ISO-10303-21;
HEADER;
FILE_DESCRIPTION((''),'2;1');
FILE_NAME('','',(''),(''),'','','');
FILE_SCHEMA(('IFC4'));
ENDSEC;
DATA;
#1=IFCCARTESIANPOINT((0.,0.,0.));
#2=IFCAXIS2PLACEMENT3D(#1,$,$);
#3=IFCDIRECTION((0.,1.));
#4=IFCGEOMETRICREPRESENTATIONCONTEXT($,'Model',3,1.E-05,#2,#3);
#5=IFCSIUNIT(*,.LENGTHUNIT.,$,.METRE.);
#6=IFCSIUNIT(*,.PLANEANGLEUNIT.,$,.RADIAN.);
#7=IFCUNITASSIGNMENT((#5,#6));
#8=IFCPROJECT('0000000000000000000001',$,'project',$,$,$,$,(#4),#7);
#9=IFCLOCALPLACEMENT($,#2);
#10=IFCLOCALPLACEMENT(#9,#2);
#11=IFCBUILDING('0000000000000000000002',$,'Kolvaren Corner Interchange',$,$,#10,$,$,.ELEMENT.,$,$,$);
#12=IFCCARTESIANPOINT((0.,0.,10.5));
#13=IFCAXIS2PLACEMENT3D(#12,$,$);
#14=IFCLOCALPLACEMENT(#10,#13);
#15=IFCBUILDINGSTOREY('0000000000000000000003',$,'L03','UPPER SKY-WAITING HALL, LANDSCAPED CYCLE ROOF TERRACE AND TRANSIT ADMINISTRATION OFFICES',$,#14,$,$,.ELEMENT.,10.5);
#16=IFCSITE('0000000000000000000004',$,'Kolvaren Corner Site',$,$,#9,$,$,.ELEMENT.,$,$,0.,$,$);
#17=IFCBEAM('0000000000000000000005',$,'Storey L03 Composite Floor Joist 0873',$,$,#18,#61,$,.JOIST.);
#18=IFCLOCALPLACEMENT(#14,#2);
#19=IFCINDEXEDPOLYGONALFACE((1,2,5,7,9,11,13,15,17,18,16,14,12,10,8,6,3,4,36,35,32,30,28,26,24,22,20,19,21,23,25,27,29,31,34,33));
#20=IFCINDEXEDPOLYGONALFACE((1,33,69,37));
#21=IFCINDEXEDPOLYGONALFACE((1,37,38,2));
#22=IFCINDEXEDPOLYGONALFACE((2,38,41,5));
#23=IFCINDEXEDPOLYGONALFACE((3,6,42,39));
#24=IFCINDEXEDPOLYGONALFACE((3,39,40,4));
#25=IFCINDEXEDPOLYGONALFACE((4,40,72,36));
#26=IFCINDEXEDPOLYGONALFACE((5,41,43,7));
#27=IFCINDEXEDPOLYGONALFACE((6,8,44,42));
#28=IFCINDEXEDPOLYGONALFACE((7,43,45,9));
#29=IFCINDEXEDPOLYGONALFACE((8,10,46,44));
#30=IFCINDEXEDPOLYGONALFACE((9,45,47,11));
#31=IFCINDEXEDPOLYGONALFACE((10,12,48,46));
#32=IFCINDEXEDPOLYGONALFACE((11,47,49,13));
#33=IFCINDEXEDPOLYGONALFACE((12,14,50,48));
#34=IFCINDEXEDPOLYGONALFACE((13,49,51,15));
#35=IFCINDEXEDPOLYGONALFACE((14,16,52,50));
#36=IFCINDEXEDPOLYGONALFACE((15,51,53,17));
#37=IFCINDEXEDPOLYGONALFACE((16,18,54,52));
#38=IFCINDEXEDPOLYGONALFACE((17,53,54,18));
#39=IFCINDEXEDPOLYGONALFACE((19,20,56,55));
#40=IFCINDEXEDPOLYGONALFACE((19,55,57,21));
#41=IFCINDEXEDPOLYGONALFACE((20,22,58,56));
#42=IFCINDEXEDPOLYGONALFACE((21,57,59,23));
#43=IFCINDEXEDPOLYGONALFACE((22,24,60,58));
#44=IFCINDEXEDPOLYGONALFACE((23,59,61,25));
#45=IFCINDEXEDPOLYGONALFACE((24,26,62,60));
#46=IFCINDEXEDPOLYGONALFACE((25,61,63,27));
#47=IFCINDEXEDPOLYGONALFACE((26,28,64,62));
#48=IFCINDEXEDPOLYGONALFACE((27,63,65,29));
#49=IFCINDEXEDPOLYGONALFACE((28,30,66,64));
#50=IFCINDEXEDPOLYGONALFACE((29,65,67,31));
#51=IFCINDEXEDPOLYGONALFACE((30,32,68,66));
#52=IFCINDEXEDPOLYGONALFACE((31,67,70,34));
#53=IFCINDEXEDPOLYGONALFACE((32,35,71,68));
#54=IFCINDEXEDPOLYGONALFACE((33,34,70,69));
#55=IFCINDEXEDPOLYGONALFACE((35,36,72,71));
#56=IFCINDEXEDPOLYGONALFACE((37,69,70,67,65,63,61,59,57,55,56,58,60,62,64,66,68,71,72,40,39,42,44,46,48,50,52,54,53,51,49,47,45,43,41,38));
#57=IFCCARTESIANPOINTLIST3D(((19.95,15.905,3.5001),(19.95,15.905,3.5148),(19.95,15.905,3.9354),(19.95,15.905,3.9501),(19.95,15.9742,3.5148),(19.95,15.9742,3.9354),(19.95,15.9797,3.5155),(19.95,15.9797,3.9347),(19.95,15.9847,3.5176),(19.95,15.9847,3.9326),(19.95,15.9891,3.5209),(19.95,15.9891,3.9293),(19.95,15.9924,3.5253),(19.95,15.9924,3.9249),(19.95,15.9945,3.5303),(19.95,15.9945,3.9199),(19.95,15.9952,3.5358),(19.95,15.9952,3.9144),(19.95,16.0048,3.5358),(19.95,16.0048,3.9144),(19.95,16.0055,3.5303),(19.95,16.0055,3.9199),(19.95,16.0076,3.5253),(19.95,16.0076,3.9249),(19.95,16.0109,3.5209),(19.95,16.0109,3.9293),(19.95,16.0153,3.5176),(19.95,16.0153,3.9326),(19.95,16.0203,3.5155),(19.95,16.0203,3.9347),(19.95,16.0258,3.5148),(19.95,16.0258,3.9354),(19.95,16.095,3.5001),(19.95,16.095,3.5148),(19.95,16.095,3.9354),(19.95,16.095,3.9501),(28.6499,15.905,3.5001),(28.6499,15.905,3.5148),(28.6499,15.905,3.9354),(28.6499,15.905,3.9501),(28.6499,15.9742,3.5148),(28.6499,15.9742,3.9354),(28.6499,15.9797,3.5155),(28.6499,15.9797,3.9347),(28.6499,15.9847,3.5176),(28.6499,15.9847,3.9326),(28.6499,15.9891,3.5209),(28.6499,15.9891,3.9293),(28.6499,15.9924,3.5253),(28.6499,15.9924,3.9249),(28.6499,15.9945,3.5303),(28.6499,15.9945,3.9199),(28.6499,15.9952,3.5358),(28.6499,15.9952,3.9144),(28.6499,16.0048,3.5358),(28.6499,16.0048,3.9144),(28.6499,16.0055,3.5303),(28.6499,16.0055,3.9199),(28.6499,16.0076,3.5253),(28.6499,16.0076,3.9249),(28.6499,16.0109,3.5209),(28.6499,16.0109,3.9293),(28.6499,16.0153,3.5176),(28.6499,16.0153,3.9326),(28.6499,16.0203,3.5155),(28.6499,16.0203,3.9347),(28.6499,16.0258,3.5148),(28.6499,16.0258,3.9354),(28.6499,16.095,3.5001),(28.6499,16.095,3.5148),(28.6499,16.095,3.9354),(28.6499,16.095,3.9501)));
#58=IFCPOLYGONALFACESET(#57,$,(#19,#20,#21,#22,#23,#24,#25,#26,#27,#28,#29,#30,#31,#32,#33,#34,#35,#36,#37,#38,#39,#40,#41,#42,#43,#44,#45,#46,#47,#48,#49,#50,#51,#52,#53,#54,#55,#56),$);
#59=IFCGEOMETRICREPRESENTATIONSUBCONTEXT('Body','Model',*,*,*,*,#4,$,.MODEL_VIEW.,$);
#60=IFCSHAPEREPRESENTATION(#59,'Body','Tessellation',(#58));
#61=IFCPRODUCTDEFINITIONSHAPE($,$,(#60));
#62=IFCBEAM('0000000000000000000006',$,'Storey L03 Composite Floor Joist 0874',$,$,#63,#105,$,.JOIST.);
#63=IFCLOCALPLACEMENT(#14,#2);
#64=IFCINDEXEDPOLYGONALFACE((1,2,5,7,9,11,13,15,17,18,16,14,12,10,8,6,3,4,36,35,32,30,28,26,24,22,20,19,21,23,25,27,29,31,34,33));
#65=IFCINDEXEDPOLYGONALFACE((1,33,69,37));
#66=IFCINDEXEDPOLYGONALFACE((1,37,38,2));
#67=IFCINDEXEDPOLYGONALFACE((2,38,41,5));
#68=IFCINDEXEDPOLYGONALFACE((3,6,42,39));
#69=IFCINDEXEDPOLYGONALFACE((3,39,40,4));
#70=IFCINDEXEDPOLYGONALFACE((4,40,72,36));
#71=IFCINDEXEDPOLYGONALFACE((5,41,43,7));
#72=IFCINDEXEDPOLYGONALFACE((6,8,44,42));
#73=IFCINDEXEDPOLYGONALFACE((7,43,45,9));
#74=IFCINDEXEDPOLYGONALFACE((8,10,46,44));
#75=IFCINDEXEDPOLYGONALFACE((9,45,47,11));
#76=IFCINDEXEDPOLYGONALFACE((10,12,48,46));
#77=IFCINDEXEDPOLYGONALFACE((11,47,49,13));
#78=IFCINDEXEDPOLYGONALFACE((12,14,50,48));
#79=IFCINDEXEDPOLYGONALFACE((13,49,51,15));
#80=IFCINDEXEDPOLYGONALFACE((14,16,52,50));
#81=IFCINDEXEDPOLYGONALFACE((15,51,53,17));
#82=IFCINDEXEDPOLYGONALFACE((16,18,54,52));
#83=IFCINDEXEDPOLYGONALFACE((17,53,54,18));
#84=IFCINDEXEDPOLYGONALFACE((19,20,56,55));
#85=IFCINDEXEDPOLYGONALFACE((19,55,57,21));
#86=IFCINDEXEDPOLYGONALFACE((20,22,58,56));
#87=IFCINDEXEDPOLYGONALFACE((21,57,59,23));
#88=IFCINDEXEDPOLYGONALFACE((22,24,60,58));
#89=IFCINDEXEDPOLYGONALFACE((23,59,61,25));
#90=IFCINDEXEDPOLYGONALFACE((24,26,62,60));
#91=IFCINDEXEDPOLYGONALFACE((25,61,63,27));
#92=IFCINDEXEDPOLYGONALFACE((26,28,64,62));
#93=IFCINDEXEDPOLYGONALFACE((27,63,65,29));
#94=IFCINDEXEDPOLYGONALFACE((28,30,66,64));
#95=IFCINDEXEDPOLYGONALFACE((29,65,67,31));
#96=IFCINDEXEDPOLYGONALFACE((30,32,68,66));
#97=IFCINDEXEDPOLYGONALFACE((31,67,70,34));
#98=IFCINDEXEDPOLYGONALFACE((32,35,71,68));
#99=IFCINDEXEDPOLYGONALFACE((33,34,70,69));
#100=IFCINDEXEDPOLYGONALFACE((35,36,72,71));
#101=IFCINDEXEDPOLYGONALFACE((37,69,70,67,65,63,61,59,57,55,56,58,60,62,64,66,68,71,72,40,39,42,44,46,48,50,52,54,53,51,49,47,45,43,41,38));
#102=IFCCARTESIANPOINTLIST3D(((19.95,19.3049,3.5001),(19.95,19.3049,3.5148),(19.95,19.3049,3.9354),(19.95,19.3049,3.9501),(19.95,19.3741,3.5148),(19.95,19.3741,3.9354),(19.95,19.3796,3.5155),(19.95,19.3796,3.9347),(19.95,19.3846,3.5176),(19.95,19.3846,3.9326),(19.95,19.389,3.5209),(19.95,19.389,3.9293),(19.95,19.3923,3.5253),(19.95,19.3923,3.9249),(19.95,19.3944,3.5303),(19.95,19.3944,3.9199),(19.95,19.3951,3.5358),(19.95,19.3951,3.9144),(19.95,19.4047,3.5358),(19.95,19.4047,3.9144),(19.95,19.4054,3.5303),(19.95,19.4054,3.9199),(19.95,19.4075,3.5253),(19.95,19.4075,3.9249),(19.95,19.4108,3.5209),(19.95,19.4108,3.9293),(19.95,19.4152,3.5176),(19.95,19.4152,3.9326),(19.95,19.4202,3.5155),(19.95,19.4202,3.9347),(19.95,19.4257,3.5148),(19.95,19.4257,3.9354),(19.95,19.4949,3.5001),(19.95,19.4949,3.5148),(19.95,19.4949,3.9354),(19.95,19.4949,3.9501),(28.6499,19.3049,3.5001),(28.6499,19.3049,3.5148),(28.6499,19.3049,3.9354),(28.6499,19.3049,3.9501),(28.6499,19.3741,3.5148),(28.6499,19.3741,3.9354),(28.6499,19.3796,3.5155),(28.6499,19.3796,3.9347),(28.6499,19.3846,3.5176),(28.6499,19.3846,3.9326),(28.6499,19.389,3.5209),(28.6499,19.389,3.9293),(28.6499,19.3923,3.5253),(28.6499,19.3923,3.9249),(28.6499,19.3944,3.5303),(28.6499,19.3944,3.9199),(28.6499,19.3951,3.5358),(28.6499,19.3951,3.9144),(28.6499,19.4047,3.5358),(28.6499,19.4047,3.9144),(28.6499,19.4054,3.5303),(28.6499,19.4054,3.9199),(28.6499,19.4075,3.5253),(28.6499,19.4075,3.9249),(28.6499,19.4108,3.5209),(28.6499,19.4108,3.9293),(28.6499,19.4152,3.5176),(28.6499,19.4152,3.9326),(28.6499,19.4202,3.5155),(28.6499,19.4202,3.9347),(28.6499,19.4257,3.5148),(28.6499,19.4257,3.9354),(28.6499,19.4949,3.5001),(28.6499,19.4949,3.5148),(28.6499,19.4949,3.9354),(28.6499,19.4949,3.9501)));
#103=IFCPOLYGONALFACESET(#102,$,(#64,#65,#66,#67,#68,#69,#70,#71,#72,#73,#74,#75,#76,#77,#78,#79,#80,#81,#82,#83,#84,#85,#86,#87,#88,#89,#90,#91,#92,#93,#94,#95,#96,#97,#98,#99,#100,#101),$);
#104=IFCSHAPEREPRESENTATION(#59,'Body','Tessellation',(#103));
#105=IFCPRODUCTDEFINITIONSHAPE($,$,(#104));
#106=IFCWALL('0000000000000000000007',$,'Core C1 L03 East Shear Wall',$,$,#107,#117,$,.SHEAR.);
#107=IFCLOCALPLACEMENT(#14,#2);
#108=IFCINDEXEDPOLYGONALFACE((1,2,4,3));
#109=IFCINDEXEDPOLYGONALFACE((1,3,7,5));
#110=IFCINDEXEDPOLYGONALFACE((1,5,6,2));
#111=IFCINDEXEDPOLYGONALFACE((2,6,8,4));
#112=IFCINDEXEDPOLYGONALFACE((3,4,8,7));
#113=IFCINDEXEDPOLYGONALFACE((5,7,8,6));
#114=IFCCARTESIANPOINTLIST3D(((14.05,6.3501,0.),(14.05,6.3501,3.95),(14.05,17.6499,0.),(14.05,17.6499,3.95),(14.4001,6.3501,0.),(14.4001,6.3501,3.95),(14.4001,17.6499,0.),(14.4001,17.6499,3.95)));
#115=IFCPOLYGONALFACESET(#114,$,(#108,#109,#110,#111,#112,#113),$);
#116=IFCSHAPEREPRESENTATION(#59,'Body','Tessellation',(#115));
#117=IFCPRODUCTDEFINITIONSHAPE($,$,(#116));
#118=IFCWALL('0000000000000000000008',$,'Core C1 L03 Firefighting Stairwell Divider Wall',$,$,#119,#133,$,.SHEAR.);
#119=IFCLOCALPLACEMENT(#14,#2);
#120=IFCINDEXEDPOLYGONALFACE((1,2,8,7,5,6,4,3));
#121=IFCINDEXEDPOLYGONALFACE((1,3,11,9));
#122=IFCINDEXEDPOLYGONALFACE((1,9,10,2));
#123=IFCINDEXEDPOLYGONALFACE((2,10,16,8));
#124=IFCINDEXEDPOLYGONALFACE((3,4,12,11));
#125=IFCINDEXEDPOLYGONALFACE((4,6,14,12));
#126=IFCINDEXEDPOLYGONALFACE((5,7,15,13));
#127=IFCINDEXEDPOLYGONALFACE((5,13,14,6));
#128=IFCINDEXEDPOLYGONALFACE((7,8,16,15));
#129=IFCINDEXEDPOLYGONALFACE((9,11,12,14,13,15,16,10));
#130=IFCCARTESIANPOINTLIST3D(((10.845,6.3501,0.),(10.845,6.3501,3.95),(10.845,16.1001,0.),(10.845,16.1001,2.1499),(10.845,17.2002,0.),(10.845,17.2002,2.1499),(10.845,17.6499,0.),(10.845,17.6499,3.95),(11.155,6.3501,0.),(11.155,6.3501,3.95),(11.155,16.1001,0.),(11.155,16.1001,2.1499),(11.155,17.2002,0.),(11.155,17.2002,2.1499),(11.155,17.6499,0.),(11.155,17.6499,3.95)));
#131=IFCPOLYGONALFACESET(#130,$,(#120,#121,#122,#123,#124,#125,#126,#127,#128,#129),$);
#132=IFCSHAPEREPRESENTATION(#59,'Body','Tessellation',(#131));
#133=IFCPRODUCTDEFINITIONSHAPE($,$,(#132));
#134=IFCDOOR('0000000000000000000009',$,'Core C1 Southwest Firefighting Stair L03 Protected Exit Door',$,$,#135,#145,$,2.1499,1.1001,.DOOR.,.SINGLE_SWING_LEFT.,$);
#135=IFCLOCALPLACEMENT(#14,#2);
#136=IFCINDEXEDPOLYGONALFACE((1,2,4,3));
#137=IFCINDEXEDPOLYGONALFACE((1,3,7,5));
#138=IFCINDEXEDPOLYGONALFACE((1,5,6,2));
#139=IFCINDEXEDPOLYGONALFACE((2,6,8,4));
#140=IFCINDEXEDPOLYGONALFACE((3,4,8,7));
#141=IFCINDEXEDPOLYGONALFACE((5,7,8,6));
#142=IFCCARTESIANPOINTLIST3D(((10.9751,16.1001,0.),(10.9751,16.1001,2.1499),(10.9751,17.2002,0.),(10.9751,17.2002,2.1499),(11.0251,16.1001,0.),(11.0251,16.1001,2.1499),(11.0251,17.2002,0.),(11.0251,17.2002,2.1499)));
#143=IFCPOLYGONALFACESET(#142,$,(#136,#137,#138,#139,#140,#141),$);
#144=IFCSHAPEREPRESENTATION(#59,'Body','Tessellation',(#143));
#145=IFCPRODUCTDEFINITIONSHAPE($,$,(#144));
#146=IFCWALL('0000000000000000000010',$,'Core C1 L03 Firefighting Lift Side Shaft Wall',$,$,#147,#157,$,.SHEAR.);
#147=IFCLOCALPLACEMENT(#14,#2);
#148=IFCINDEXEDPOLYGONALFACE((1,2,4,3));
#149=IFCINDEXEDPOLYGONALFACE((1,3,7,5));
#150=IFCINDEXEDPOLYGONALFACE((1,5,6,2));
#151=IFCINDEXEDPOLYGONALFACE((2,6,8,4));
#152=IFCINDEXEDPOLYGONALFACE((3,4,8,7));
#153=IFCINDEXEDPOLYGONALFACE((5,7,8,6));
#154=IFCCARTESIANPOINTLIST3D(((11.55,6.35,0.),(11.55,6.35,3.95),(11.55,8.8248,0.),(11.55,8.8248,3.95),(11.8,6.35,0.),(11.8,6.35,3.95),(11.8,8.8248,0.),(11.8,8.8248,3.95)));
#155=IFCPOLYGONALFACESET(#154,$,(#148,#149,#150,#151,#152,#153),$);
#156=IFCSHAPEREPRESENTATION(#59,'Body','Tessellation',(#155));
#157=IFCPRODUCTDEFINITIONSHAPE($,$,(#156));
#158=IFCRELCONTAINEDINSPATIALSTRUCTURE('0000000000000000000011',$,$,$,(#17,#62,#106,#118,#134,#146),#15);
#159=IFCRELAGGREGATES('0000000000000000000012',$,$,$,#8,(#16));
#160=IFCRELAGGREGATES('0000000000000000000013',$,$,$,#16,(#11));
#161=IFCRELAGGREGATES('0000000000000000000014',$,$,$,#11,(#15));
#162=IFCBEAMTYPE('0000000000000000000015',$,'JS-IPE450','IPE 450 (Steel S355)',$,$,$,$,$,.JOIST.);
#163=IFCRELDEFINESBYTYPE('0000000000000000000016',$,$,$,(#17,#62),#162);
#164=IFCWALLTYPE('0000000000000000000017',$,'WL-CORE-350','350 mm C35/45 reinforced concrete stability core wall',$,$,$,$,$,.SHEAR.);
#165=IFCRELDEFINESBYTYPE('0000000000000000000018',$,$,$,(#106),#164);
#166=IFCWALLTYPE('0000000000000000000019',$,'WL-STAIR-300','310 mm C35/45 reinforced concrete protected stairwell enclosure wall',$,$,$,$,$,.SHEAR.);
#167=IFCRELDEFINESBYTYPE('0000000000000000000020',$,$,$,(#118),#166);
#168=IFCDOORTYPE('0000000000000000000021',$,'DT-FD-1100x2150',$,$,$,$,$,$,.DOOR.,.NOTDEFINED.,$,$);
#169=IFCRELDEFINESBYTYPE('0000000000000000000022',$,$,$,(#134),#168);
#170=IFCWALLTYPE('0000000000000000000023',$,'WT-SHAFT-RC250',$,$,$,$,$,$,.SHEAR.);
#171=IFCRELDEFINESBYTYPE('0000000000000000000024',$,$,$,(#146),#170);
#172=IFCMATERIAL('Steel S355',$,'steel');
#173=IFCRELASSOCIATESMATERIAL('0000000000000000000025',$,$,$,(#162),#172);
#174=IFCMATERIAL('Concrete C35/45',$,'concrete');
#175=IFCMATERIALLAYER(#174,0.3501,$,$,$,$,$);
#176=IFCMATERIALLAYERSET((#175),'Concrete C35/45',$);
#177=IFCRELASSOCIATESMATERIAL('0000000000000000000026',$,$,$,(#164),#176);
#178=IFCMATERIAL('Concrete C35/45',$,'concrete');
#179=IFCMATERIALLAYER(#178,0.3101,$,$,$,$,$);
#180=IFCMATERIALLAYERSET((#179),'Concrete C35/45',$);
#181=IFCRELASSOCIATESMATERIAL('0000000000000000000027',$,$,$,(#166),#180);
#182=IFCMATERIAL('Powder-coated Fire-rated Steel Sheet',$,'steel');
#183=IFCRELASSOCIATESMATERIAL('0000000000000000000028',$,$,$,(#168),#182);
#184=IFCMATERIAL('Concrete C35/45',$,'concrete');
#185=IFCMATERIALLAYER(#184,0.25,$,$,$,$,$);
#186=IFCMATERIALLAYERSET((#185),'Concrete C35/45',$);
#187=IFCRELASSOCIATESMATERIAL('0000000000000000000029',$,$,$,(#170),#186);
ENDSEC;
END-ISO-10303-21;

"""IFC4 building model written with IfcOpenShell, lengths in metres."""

from ifc_helpers import new_model, si_unit, direction, frame, frame_2d, origin, origin_2d, place, context, subcontext, project, spatial, rectangle, i_section, extrude, material, layer, layer_set, material_profile, profile_set, type_object, element, fill, save


model = new_model("IFC4")

# Units and contexts
model_context = context("Model", 3, precision=1e-05, world=origin(), true_north=direction((0.0, 1.0)))
body_context = subcontext(model_context, "Body", "Model", "MODEL_VIEW")
ifc_project = project(units=[si_unit("LENGTHUNIT", "METRE"), si_unit("PLANEANGLEUNIT", "RADIAN")], contexts=[model_context])

# Site, building, storey
site_placement = place(None, origin())
site = spatial("IfcSite", under=ifc_project, at=site_placement, Name="Kolvaren Corner Site", CompositionType="ELEMENT", RefElevation=0.0)
building_placement = place(site_placement, origin())
building = spatial("IfcBuilding", under=site, at=building_placement, Name="Kolvaren Corner Interchange", CompositionType="ELEMENT")
storey_placement = place(building_placement, frame((0.0, 0.0, 10.5)))
storey = spatial("IfcBuildingStorey", under=building, at=storey_placement, Name="L03", Description="UPPER SKY-WAITING HALL, LANDSCAPED CYCLE ROOF TERRACE AND TRANSIT ADMINISTRATION OFFICES", CompositionType="ELEMENT", Elevation=10.5)

# Beams
ifc_material_1 = material(Name="Steel S355", Category="steel")
ifc_material_profile_1 = material_profile(ifc_material_1, i_section(OverallWidth=0.1899, OverallDepth=0.45, WebThickness=0.0095, FlangeThickness=0.0146, FilletRadius=0.021, at=origin_2d()), Name="IPE 450")
ifc_profile_set_1 = profile_set([ifc_material_profile_1], Name="Steel S355")
beam_type_1 = type_object("IfcBeamType", Name="JS-IPE450", Description="IPE 450 (Steel S355)", PredefinedType="JOIST", material=ifc_profile_set_1)
for number, where, z_axis, x_axis, name in (
    (1, (19.95, 16.0, 3.7251), (1.0, 0.0, 0.0), (0.0, 1.0, 0.0), "Storey L03 Composite Floor Joist 0873"),
    (2, (19.95, 19.3999, 3.7251), (1.0, 0.0, 0.0), (0.0, 1.0, 0.0), "Storey L03 Composite Floor Joist 0874"),
):
    element("IfcBeam", number, at=place(storey_placement, frame(where, z_axis=z_axis, x_axis=x_axis)), inside=storey, type_object=beam_type_1, Name=name, PredefinedType="JOIST", context=body_context, shape_type="SweptSolid", body=[
        extrude(i_section(OverallWidth=0.1899, OverallDepth=0.45, WebThickness=0.0095, FlangeThickness=0.0146, FilletRadius=0.021, at=origin_2d()), origin(), (0.0, 0.0, 1.0), 8.7),
    ])

# Wall
ifc_material_2 = material(Name="Concrete C35/45", Category="concrete")
ifc_layer_1 = layer(ifc_material_2, 0.3501)
ifc_layer_set_1 = layer_set([ifc_layer_1], Name="Concrete C35/45")
wall_type_1 = type_object("IfcWallType", Name="WL-CORE-350", Description="350 mm C35/45 reinforced concrete stability core wall", PredefinedType="SHEAR", material=ifc_layer_set_1)
wall_1_placement = place(storey_placement, frame((14.2251, 6.3501, 0.0), z_axis=(0.0, 0.0, 1.0), x_axis=(0.0, 1.0, 0.0)))
element("IfcWall", 3, at=wall_1_placement, inside=storey, type_object=wall_type_1, Name="Core C1 L03 East Shear Wall", PredefinedType="SHEAR", context=body_context, shape_type="SweptSolid", body=[
    extrude(rectangle(XDim=11.2998, YDim=0.3501, at=frame_2d((5.6499, 0.0))), origin(), (0.0, 0.0, 1.0), 3.95),
])

# Wall, opening, door
ifc_material_3 = material(Name="Concrete C35/45", Category="concrete")
ifc_layer_2 = layer(ifc_material_3, 0.3101)
ifc_layer_set_2 = layer_set([ifc_layer_2], Name="Concrete C35/45")
wall_type_2 = type_object("IfcWallType", Name="WL-STAIR-300", Description="310 mm C35/45 reinforced concrete protected stairwell enclosure wall", PredefinedType="SHEAR", material=ifc_layer_set_2)
wall_2_placement = place(storey_placement, frame((11.0, 6.3501, 0.0), z_axis=(0.0, 0.0, 1.0), x_axis=(0.0, 1.0, 0.0)))
wall_2 = element("IfcWall", 4, at=wall_2_placement, inside=storey, type_object=wall_type_2, Name="Core C1 L03 Firefighting Stairwell Divider Wall", PredefinedType="SHEAR", context=body_context, shape_type="SweptSolid", body=[
    extrude(rectangle(XDim=11.2998, YDim=0.3101, at=frame_2d((5.6499, 0.0))), origin(), (0.0, 0.0, 1.0), 3.95),
])
opening_1_placement = place(wall_2_placement, frame((9.75, 0.0, 0.0)))
opening_1 = element("IfcOpeningElement", 5, at=opening_1_placement, cuts=wall_2, PredefinedType="OPENING", context=body_context, shape_type="SweptSolid", body=[
    extrude(rectangle(XDim=1.1001, YDim=2.1499, at=frame_2d((0.55, 1.075))), frame((0.0, 0.165, 0.0), z_axis=(0.0, -1.0, 0.0), x_axis=(1.0, 0.0, 0.0)), (0.0, 0.0, 1.0), 0.3301),
])
ifc_material_4 = material(Name="Powder-coated Fire-rated Steel Sheet", Category="steel")
door_type_1 = type_object("IfcDoorType", Name="DT-FD-1100x2150", OperationType="NOTDEFINED", PredefinedType="DOOR", material=ifc_material_4)
door_1_placement = place(opening_1_placement, origin())
door_1 = element("IfcDoor", 6, at=door_1_placement, inside=storey, type_object=door_type_1, Name="Core C1 Southwest Firefighting Stair L03 Protected Exit Door", OperationType="SINGLE_SWING_LEFT", OverallHeight=2.1499, OverallWidth=1.1001, PredefinedType="DOOR", context=body_context, shape_type="SweptSolid", body=[
    extrude(rectangle(XDim=1.1001, YDim=2.1499, at=frame_2d((0.55, 1.075))), frame((0.0, 0.0249, 0.0), z_axis=(0.0, -1.0, 0.0), x_axis=(1.0, 0.0, 0.0)), (0.0, 0.0, 1.0), 0.05),
])
fill(opening_1, door_1)
ifc_material_5 = material(Name="Concrete C35/45", Category="concrete")
ifc_layer_3 = layer(ifc_material_5, 0.25)
ifc_layer_set_3 = layer_set([ifc_layer_3], Name="Concrete C35/45")
wall_type_3 = type_object("IfcWallType", Name="WT-SHAFT-RC250", PredefinedType="SHEAR", material=ifc_layer_set_3)

# Wall
wall_3_placement = place(storey_placement, frame((11.675, 6.3501, 0.0), z_axis=(0.0, 0.0, 1.0), x_axis=(0.0, 1.0, 0.0)))
element("IfcWall", 7, at=wall_3_placement, inside=storey, type_object=wall_type_3, Name="Core C1 L03 Firefighting Lift Side Shaft Wall", PredefinedType="SHEAR", context=body_context, shape_type="SweptSolid", body=[
    extrude(rectangle(XDim=2.4749, YDim=0.25, at=frame_2d((1.2373, 0.0))), origin(), (0.0, 0.0, 1.0), 3.95),
])

save(model, "model.ifc")
